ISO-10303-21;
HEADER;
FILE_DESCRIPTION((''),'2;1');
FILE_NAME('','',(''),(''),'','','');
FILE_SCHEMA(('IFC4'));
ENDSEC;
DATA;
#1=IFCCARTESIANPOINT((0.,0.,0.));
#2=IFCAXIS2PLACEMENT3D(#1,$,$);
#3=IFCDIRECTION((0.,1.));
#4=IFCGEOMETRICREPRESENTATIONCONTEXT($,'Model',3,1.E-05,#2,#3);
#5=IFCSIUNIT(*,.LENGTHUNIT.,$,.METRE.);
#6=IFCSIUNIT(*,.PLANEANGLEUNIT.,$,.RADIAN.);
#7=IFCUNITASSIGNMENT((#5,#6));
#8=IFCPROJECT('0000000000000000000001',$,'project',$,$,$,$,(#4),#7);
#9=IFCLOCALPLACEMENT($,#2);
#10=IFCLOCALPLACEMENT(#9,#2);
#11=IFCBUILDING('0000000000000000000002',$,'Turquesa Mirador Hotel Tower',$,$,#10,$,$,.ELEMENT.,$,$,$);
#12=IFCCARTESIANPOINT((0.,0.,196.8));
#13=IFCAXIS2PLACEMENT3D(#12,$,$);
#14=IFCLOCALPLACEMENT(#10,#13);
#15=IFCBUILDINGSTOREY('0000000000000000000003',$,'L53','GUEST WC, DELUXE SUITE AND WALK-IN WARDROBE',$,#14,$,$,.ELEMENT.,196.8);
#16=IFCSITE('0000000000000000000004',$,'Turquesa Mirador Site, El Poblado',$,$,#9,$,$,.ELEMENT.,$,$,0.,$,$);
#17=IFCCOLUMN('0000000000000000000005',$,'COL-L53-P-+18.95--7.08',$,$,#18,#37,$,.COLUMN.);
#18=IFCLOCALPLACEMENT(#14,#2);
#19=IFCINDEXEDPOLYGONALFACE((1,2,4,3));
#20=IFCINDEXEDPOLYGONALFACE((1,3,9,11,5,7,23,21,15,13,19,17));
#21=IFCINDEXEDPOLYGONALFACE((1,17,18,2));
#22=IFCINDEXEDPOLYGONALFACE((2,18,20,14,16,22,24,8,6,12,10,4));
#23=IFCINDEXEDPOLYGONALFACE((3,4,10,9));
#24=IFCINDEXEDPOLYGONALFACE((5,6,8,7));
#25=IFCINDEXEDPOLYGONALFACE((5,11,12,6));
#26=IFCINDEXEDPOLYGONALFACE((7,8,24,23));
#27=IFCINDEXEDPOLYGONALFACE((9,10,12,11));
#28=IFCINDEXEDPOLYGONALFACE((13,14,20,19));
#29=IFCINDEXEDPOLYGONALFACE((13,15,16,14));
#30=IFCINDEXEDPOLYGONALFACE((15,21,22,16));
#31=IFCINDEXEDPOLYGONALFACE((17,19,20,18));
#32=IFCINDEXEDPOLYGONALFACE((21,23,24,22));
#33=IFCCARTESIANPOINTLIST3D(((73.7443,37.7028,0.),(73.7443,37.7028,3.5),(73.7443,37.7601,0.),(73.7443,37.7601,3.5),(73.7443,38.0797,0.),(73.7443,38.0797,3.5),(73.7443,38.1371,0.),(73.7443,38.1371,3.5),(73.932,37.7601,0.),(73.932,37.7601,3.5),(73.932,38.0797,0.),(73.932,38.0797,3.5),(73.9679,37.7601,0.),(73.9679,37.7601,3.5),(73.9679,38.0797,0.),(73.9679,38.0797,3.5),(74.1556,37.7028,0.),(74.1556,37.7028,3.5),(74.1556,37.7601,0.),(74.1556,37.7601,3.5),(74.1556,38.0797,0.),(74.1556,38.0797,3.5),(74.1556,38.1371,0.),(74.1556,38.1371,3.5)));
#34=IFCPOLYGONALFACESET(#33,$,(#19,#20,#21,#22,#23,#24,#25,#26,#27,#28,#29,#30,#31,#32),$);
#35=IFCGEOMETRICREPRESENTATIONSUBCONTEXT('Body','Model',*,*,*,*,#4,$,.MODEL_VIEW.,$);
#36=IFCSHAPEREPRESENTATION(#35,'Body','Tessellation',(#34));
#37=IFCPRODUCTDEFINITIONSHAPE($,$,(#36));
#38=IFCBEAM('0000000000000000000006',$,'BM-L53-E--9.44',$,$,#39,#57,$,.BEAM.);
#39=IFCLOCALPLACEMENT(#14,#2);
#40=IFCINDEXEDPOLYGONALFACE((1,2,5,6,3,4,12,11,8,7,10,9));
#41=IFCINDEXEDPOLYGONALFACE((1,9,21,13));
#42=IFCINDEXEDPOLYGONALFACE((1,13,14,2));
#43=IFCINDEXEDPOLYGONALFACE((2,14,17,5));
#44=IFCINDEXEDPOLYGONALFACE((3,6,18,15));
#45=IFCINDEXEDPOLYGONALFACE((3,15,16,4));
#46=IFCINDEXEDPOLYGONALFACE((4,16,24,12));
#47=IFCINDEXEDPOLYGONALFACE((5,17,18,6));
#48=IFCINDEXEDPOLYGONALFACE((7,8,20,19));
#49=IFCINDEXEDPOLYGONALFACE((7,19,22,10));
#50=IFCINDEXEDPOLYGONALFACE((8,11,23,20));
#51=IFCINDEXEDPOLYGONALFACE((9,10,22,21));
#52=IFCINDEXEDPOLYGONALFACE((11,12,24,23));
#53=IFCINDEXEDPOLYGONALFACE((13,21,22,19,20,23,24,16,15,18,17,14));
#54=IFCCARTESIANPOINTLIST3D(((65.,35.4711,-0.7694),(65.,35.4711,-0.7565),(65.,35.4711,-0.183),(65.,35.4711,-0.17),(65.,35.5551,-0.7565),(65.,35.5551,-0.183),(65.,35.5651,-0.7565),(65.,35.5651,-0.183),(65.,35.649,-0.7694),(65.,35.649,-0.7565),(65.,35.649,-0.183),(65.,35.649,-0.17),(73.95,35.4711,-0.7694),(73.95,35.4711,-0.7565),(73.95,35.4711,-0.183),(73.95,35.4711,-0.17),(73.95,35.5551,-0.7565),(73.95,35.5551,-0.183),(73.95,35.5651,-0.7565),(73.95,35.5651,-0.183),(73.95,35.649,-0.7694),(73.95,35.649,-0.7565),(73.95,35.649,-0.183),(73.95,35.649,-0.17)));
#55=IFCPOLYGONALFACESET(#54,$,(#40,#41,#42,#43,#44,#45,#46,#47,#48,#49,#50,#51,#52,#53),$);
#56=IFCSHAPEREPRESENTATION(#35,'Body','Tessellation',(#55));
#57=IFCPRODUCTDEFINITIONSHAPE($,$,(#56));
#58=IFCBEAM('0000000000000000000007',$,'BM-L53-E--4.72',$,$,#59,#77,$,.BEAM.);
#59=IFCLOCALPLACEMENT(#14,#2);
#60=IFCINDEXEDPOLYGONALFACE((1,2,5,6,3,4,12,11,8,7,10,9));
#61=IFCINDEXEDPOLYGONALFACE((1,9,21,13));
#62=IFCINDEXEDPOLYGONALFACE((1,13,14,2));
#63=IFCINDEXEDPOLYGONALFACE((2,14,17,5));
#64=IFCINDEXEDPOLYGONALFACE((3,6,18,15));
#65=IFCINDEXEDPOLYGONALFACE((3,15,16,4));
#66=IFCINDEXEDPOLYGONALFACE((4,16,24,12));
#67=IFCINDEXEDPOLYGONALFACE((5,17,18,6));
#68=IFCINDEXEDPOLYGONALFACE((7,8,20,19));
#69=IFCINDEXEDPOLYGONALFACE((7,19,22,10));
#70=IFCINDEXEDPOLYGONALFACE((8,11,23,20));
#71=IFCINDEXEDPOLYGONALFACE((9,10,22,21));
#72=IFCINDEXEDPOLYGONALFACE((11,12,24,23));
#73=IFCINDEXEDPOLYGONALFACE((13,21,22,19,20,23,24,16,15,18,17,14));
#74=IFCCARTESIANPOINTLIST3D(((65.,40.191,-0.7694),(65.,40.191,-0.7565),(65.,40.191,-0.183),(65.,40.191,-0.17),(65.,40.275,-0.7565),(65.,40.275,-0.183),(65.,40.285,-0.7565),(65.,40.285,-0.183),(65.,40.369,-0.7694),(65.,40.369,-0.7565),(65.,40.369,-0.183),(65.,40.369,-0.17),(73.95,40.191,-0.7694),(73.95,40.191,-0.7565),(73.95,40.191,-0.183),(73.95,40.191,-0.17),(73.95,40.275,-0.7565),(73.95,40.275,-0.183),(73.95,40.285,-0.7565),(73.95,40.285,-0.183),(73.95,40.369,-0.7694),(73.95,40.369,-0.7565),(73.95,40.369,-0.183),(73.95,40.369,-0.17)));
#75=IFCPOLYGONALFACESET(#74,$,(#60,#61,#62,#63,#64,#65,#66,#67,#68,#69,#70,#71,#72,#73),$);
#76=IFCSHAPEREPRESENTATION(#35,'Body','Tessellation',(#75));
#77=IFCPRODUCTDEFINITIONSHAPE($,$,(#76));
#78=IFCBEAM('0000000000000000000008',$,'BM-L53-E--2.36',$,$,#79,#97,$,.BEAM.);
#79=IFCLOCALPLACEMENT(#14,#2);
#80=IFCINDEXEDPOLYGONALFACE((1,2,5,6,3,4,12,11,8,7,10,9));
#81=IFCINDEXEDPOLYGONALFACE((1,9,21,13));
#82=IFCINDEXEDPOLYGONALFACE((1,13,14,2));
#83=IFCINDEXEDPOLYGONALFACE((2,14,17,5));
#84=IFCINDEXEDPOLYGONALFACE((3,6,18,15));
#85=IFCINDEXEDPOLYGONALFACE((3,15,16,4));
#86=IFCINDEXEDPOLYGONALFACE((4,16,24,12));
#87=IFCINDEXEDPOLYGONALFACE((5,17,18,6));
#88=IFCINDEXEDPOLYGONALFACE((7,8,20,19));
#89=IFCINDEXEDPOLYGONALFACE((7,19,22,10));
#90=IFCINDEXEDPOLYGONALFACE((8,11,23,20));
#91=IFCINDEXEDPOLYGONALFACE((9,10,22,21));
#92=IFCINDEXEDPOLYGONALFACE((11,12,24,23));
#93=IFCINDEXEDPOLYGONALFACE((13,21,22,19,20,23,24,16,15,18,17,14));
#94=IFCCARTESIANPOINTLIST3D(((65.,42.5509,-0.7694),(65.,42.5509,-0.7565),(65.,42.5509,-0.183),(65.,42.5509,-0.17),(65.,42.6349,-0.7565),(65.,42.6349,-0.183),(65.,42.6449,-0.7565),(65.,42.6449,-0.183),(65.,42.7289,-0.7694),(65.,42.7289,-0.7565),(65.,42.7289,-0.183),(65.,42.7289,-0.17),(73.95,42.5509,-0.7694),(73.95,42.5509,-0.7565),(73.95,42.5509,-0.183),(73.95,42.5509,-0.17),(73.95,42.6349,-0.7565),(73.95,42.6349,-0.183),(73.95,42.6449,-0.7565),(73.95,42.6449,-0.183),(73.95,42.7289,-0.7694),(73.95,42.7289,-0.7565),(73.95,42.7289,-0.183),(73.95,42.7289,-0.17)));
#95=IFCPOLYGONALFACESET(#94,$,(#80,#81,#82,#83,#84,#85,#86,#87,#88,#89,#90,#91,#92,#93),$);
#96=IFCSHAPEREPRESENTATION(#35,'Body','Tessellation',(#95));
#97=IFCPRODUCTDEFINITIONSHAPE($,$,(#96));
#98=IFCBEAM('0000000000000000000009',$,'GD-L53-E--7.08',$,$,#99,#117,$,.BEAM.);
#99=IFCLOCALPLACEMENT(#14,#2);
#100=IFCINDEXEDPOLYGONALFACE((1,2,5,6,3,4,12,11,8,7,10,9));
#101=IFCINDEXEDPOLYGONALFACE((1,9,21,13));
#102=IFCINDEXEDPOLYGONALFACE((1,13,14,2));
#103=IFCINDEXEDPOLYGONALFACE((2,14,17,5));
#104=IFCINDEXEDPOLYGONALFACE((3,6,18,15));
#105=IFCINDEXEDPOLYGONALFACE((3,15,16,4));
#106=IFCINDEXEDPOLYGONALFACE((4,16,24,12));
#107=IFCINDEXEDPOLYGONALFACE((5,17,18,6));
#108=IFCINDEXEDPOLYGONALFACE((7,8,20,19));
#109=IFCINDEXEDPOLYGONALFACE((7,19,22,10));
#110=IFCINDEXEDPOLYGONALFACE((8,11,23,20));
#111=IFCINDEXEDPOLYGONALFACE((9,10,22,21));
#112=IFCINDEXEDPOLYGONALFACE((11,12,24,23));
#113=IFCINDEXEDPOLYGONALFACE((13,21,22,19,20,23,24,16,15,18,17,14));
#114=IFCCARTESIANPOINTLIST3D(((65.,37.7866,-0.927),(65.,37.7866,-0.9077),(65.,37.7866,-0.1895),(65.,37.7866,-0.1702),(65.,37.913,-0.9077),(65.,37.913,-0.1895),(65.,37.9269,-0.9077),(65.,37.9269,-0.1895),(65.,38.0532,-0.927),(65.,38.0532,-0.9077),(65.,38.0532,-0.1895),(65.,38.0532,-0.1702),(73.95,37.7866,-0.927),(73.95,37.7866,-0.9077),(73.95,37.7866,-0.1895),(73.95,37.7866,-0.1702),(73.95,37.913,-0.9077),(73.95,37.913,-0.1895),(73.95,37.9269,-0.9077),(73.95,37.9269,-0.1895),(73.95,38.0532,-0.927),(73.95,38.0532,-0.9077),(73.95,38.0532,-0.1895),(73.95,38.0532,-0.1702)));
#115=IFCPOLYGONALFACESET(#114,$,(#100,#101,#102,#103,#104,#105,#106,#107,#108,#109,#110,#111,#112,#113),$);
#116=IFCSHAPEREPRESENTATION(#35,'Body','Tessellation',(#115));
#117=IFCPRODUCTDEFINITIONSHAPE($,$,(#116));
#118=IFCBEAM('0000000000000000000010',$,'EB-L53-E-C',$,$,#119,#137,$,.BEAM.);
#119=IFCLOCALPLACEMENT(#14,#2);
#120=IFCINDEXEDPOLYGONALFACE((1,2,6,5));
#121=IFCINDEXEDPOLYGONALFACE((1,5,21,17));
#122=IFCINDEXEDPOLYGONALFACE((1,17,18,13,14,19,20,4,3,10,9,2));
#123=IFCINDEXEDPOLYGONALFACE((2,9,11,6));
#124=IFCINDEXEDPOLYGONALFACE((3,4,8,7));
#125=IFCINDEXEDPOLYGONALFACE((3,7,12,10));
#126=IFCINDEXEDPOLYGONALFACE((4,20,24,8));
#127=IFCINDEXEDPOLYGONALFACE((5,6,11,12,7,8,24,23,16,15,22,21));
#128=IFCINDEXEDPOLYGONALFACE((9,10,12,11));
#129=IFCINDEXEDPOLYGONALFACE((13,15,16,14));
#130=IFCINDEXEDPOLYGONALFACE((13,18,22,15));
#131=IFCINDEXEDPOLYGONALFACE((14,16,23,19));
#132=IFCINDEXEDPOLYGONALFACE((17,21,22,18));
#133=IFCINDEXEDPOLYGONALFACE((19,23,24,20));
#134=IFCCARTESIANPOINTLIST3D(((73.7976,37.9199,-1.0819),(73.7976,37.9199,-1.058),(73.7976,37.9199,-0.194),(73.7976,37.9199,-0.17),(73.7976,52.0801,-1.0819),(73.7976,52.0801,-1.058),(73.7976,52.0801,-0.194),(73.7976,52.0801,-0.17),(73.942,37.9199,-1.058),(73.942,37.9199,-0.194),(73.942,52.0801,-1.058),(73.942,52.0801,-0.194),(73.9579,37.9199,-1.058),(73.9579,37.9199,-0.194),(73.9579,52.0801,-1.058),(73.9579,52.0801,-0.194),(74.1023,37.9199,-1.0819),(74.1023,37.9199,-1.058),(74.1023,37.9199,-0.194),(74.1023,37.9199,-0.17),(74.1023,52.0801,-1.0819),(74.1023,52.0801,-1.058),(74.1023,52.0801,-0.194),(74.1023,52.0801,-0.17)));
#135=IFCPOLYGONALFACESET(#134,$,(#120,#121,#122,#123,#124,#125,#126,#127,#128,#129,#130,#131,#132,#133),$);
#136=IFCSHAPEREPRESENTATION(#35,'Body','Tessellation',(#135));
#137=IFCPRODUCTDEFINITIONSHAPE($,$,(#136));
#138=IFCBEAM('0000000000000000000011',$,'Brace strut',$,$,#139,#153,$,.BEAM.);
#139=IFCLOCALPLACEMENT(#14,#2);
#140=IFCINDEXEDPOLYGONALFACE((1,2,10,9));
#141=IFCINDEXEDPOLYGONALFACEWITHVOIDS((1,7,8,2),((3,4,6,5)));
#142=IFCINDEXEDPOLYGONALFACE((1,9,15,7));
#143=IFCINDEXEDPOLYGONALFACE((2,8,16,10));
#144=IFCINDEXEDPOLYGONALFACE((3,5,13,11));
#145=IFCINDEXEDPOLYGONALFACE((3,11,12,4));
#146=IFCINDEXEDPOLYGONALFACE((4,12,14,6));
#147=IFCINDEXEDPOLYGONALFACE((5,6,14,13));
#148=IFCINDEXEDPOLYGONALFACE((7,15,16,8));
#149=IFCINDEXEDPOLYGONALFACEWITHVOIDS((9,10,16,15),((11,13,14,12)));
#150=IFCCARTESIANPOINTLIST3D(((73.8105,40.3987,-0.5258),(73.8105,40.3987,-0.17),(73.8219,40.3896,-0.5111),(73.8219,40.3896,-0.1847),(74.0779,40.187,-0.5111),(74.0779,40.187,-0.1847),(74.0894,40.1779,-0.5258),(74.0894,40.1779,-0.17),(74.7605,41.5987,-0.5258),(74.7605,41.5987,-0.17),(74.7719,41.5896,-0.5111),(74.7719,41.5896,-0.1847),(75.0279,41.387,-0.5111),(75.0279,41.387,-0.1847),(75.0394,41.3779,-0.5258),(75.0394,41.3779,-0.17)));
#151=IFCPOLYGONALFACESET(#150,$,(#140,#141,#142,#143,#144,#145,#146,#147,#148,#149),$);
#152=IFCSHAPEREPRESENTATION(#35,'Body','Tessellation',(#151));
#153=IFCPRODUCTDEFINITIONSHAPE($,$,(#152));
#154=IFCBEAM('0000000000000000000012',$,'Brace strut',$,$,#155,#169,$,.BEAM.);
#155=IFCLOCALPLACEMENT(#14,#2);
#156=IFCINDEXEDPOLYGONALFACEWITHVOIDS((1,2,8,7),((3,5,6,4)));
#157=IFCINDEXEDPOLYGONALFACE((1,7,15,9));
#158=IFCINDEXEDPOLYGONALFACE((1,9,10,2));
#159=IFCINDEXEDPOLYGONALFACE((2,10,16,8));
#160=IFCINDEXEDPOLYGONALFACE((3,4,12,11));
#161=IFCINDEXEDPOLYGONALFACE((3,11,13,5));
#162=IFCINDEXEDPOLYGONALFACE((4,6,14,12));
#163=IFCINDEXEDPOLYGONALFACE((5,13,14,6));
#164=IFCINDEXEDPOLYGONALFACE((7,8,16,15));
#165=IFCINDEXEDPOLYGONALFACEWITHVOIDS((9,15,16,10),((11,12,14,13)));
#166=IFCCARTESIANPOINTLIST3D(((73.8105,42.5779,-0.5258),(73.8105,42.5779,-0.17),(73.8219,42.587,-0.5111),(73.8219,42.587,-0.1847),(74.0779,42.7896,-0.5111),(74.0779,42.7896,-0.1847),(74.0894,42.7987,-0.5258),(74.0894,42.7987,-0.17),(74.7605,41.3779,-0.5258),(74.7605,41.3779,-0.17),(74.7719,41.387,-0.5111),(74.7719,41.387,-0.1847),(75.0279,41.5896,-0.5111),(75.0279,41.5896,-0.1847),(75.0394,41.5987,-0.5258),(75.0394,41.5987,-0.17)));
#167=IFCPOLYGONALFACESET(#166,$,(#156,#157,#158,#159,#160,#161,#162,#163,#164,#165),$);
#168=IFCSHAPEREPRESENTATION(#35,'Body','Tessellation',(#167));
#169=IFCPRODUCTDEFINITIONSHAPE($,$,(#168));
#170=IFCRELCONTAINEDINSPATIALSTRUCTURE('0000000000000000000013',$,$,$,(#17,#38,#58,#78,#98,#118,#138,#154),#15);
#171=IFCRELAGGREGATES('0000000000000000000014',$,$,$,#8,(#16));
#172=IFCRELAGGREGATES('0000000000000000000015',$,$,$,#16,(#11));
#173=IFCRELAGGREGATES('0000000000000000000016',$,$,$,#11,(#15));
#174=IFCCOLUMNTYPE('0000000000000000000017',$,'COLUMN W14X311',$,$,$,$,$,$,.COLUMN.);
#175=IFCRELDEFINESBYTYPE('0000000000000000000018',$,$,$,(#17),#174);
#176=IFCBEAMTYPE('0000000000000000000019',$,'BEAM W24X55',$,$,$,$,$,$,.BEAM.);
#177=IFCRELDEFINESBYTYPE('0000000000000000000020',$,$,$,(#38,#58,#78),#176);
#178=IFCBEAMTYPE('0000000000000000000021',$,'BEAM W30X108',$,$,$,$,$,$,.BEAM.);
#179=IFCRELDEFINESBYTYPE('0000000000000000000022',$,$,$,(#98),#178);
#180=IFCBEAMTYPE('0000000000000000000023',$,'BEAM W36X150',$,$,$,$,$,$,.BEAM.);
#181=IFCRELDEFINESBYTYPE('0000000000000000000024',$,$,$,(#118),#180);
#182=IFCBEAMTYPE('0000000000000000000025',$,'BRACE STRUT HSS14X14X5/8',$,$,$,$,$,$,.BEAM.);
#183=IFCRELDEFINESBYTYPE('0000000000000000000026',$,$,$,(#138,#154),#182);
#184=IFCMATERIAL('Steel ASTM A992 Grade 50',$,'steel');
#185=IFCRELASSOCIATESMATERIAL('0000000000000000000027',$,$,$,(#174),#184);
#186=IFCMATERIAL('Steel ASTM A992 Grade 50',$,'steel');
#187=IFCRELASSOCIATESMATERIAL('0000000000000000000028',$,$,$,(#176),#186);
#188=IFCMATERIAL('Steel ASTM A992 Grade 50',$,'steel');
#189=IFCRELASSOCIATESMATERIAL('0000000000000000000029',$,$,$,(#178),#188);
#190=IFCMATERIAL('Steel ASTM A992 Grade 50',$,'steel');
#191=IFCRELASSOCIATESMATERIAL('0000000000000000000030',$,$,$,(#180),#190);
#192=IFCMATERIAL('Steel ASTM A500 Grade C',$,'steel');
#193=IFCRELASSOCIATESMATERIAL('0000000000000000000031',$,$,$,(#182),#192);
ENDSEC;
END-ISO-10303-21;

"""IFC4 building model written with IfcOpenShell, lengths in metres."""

from ifc_helpers import new_model, si_unit, direction, frame, origin, origin_2d, place, context, subcontext, project, spatial, hollow_rectangle, i_section, extrude, material, material_profile, profile_set, type_object, element, save


model = new_model("IFC4")

# Units and contexts
model_context = context("Model", 3, precision=1e-05, world=origin(), true_north=direction((0.0, 1.0)))
body_context = subcontext(model_context, "Body", "Model", "MODEL_VIEW")
ifc_project = project(units=[si_unit("LENGTHUNIT", "METRE"), si_unit("PLANEANGLEUNIT", "RADIAN")], contexts=[model_context])

# Site, building, storey
site_placement = place(None, origin())
site = spatial("IfcSite", under=ifc_project, at=site_placement, Name="Turquesa Mirador Site, El Poblado", CompositionType="ELEMENT", RefElevation=0.0)
building_placement = place(site_placement, origin())
building = spatial("IfcBuilding", under=site, at=building_placement, Name="Turquesa Mirador Hotel Tower", CompositionType="ELEMENT")
storey_placement = place(building_placement, frame((0.0, 0.0, 196.8)))
storey = spatial("IfcBuildingStorey", under=building, at=storey_placement, Name="L53", Description="GUEST WC, DELUXE SUITE AND WALK-IN WARDROBE", CompositionType="ELEMENT", Elevation=196.8)

# Column
ifc_material_1 = material(Name="Steel ASTM A992 Grade 50", Category="steel")
ifc_material_profile_1 = material_profile(ifc_material_1, i_section(OverallWidth=0.4114, OverallDepth=0.4343, WebThickness=0.0359, FlangeThickness=0.0574, at=origin_2d()), Name="W14X311")
ifc_profile_set_1 = profile_set([ifc_material_profile_1], Name="Steel ASTM A992 Grade 50")
column_type = type_object("IfcColumnType", Name="COLUMN W14X311", PredefinedType="COLUMN", material=ifc_profile_set_1)
column_placement = place(storey_placement, frame((73.95, 37.9199, 0.0), z_axis=(0.0, 0.0, 1.0), x_axis=(1.0, 0.0, 0.0)))
element("IfcColumn", 1, at=column_placement, inside=storey, type_object=column_type, Name="COL-L53-P-+18.95--7.08", PredefinedType="COLUMN", context=body_context, shape_type="SweptSolid", body=[
    extrude(i_section(OverallWidth=0.4114, OverallDepth=0.4343, WebThickness=0.0359, FlangeThickness=0.0574, at=origin_2d()), origin(), (0.0, 0.0, 1.0), 3.5),
])

# Beams
ifc_material_2 = material(Name="Steel ASTM A992 Grade 50", Category="steel")
ifc_material_profile_2 = material_profile(ifc_material_2, i_section(OverallWidth=0.178, OverallDepth=0.5994, WebThickness=0.01, FlangeThickness=0.0129, at=origin_2d()), Name="W24X55")
ifc_profile_set_2 = profile_set([ifc_material_profile_2], Name="Steel ASTM A992 Grade 50")
beam_type_1 = type_object("IfcBeamType", Name="BEAM W24X55", PredefinedType="BEAM", material=ifc_profile_set_2)
for number, where, z_axis, x_axis, name in (
    (2, (73.95, 35.5601, -0.4697), (-1.0, 0.0, 0.0), (0.0, -1.0, 0.0), "BM-L53-E--9.44"),
    (3, (73.95, 40.28, -0.4697), (-1.0, 0.0, 0.0), (0.0, -1.0, 0.0), "BM-L53-E--4.72"),
    (4, (73.95, 42.6399, -0.4697), (-1.0, 0.0, 0.0), (0.0, -1.0, 0.0), "BM-L53-E--2.36"),
):
    element("IfcBeam", number, at=place(storey_placement, frame(where, z_axis=z_axis, x_axis=x_axis)), inside=storey, type_object=beam_type_1, Name=name, PredefinedType="BEAM", context=body_context, shape_type="SweptSolid", body=[
        extrude(i_section(OverallWidth=0.178, OverallDepth=0.5994, WebThickness=0.01, FlangeThickness=0.0129, at=origin_2d()), origin(), (0.0, 0.0, 1.0), 8.95),
    ])
ifc_material_3 = material(Name="Steel ASTM A992 Grade 50", Category="steel")
ifc_material_profile_3 = material_profile(ifc_material_3, i_section(OverallWidth=0.2666, OverallDepth=0.7568, WebThickness=0.0139, FlangeThickness=0.0193, at=origin_2d()), Name="W30X108")
ifc_profile_set_3 = profile_set([ifc_material_profile_3], Name="Steel ASTM A992 Grade 50")
beam_type_2 = type_object("IfcBeamType", Name="BEAM W30X108", PredefinedType="BEAM", material=ifc_profile_set_3)
beam_1_placement = place(storey_placement, frame((73.95, 37.9199, -0.5486), z_axis=(-1.0, 0.0, 0.0), x_axis=(0.0, -1.0, 0.0)))
element("IfcBeam", 5, at=beam_1_placement, inside=storey, type_object=beam_type_2, Name="GD-L53-E--7.08", PredefinedType="BEAM", context=body_context, shape_type="SweptSolid", body=[
    extrude(i_section(OverallWidth=0.2666, OverallDepth=0.7568, WebThickness=0.0139, FlangeThickness=0.0193, at=origin_2d()), origin(), (0.0, 0.0, 1.0), 8.95),
])
ifc_material_4 = material(Name="Steel ASTM A992 Grade 50", Category="steel")
ifc_material_profile_4 = material_profile(ifc_material_4, i_section(OverallWidth=0.3047, OverallDepth=0.9119, WebThickness=0.0159, FlangeThickness=0.0239, at=origin_2d()), Name="W36X150")
ifc_profile_set_4 = profile_set([ifc_material_profile_4], Name="Steel ASTM A992 Grade 50")
beam_type_3 = type_object("IfcBeamType", Name="BEAM W36X150", PredefinedType="BEAM", material=ifc_profile_set_4)
beam_2_placement = place(storey_placement, frame((73.95, 37.9199, -0.626), z_axis=(0.0, 1.0, 0.0), x_axis=(-1.0, 0.0, 0.0)))
element("IfcBeam", 6, at=beam_2_placement, inside=storey, type_object=beam_type_3, Name="EB-L53-E-C", PredefinedType="BEAM", context=body_context, shape_type="SweptSolid", body=[
    extrude(i_section(OverallWidth=0.3047, OverallDepth=0.9119, WebThickness=0.0159, FlangeThickness=0.0239, at=origin_2d()), origin(), (0.0, 0.0, 1.0), 14.1602),
])
ifc_material_5 = material(Name="Steel ASTM A500 Grade C", Category="steel")
ifc_material_profile_5 = material_profile(ifc_material_5, hollow_rectangle(XDim=0.3557, YDim=0.3557, WallThickness=0.0146, at=origin_2d()), Name="HSS14X14X5/8")
ifc_profile_set_5 = profile_set([ifc_material_profile_5], Name="Steel ASTM A500 Grade C")
beam_type_4 = type_object("IfcBeamType", Name="BRACE STRUT HSS14X14X5/8", PredefinedType="BEAM", material=ifc_profile_set_5)
for number, where, z_axis, x_axis, name in (
    (7, (74.8999, 41.4883, -0.3479), (-0.620699, -0.784049, 0.0), (0.784049, -0.620699, 0.0), "Brace strut"),
    (8, (74.8999, 41.4883, -0.3479), (-0.620699, 0.784049, 0.0), (-0.784049, -0.620699, 0.0), "Brace strut"),
):
    element("IfcBeam", number, at=place(storey_placement, frame(where, z_axis=z_axis, x_axis=x_axis)), inside=storey, type_object=beam_type_4, Name=name, PredefinedType="BEAM", context=body_context, shape_type="SweptSolid", body=[
        extrude(hollow_rectangle(XDim=0.3557, YDim=0.3557, WallThickness=0.0146, at=origin_2d()), origin(), (0.0, 0.0, 1.0), 1.5305),
    ])

save(model, "model.ifc")
